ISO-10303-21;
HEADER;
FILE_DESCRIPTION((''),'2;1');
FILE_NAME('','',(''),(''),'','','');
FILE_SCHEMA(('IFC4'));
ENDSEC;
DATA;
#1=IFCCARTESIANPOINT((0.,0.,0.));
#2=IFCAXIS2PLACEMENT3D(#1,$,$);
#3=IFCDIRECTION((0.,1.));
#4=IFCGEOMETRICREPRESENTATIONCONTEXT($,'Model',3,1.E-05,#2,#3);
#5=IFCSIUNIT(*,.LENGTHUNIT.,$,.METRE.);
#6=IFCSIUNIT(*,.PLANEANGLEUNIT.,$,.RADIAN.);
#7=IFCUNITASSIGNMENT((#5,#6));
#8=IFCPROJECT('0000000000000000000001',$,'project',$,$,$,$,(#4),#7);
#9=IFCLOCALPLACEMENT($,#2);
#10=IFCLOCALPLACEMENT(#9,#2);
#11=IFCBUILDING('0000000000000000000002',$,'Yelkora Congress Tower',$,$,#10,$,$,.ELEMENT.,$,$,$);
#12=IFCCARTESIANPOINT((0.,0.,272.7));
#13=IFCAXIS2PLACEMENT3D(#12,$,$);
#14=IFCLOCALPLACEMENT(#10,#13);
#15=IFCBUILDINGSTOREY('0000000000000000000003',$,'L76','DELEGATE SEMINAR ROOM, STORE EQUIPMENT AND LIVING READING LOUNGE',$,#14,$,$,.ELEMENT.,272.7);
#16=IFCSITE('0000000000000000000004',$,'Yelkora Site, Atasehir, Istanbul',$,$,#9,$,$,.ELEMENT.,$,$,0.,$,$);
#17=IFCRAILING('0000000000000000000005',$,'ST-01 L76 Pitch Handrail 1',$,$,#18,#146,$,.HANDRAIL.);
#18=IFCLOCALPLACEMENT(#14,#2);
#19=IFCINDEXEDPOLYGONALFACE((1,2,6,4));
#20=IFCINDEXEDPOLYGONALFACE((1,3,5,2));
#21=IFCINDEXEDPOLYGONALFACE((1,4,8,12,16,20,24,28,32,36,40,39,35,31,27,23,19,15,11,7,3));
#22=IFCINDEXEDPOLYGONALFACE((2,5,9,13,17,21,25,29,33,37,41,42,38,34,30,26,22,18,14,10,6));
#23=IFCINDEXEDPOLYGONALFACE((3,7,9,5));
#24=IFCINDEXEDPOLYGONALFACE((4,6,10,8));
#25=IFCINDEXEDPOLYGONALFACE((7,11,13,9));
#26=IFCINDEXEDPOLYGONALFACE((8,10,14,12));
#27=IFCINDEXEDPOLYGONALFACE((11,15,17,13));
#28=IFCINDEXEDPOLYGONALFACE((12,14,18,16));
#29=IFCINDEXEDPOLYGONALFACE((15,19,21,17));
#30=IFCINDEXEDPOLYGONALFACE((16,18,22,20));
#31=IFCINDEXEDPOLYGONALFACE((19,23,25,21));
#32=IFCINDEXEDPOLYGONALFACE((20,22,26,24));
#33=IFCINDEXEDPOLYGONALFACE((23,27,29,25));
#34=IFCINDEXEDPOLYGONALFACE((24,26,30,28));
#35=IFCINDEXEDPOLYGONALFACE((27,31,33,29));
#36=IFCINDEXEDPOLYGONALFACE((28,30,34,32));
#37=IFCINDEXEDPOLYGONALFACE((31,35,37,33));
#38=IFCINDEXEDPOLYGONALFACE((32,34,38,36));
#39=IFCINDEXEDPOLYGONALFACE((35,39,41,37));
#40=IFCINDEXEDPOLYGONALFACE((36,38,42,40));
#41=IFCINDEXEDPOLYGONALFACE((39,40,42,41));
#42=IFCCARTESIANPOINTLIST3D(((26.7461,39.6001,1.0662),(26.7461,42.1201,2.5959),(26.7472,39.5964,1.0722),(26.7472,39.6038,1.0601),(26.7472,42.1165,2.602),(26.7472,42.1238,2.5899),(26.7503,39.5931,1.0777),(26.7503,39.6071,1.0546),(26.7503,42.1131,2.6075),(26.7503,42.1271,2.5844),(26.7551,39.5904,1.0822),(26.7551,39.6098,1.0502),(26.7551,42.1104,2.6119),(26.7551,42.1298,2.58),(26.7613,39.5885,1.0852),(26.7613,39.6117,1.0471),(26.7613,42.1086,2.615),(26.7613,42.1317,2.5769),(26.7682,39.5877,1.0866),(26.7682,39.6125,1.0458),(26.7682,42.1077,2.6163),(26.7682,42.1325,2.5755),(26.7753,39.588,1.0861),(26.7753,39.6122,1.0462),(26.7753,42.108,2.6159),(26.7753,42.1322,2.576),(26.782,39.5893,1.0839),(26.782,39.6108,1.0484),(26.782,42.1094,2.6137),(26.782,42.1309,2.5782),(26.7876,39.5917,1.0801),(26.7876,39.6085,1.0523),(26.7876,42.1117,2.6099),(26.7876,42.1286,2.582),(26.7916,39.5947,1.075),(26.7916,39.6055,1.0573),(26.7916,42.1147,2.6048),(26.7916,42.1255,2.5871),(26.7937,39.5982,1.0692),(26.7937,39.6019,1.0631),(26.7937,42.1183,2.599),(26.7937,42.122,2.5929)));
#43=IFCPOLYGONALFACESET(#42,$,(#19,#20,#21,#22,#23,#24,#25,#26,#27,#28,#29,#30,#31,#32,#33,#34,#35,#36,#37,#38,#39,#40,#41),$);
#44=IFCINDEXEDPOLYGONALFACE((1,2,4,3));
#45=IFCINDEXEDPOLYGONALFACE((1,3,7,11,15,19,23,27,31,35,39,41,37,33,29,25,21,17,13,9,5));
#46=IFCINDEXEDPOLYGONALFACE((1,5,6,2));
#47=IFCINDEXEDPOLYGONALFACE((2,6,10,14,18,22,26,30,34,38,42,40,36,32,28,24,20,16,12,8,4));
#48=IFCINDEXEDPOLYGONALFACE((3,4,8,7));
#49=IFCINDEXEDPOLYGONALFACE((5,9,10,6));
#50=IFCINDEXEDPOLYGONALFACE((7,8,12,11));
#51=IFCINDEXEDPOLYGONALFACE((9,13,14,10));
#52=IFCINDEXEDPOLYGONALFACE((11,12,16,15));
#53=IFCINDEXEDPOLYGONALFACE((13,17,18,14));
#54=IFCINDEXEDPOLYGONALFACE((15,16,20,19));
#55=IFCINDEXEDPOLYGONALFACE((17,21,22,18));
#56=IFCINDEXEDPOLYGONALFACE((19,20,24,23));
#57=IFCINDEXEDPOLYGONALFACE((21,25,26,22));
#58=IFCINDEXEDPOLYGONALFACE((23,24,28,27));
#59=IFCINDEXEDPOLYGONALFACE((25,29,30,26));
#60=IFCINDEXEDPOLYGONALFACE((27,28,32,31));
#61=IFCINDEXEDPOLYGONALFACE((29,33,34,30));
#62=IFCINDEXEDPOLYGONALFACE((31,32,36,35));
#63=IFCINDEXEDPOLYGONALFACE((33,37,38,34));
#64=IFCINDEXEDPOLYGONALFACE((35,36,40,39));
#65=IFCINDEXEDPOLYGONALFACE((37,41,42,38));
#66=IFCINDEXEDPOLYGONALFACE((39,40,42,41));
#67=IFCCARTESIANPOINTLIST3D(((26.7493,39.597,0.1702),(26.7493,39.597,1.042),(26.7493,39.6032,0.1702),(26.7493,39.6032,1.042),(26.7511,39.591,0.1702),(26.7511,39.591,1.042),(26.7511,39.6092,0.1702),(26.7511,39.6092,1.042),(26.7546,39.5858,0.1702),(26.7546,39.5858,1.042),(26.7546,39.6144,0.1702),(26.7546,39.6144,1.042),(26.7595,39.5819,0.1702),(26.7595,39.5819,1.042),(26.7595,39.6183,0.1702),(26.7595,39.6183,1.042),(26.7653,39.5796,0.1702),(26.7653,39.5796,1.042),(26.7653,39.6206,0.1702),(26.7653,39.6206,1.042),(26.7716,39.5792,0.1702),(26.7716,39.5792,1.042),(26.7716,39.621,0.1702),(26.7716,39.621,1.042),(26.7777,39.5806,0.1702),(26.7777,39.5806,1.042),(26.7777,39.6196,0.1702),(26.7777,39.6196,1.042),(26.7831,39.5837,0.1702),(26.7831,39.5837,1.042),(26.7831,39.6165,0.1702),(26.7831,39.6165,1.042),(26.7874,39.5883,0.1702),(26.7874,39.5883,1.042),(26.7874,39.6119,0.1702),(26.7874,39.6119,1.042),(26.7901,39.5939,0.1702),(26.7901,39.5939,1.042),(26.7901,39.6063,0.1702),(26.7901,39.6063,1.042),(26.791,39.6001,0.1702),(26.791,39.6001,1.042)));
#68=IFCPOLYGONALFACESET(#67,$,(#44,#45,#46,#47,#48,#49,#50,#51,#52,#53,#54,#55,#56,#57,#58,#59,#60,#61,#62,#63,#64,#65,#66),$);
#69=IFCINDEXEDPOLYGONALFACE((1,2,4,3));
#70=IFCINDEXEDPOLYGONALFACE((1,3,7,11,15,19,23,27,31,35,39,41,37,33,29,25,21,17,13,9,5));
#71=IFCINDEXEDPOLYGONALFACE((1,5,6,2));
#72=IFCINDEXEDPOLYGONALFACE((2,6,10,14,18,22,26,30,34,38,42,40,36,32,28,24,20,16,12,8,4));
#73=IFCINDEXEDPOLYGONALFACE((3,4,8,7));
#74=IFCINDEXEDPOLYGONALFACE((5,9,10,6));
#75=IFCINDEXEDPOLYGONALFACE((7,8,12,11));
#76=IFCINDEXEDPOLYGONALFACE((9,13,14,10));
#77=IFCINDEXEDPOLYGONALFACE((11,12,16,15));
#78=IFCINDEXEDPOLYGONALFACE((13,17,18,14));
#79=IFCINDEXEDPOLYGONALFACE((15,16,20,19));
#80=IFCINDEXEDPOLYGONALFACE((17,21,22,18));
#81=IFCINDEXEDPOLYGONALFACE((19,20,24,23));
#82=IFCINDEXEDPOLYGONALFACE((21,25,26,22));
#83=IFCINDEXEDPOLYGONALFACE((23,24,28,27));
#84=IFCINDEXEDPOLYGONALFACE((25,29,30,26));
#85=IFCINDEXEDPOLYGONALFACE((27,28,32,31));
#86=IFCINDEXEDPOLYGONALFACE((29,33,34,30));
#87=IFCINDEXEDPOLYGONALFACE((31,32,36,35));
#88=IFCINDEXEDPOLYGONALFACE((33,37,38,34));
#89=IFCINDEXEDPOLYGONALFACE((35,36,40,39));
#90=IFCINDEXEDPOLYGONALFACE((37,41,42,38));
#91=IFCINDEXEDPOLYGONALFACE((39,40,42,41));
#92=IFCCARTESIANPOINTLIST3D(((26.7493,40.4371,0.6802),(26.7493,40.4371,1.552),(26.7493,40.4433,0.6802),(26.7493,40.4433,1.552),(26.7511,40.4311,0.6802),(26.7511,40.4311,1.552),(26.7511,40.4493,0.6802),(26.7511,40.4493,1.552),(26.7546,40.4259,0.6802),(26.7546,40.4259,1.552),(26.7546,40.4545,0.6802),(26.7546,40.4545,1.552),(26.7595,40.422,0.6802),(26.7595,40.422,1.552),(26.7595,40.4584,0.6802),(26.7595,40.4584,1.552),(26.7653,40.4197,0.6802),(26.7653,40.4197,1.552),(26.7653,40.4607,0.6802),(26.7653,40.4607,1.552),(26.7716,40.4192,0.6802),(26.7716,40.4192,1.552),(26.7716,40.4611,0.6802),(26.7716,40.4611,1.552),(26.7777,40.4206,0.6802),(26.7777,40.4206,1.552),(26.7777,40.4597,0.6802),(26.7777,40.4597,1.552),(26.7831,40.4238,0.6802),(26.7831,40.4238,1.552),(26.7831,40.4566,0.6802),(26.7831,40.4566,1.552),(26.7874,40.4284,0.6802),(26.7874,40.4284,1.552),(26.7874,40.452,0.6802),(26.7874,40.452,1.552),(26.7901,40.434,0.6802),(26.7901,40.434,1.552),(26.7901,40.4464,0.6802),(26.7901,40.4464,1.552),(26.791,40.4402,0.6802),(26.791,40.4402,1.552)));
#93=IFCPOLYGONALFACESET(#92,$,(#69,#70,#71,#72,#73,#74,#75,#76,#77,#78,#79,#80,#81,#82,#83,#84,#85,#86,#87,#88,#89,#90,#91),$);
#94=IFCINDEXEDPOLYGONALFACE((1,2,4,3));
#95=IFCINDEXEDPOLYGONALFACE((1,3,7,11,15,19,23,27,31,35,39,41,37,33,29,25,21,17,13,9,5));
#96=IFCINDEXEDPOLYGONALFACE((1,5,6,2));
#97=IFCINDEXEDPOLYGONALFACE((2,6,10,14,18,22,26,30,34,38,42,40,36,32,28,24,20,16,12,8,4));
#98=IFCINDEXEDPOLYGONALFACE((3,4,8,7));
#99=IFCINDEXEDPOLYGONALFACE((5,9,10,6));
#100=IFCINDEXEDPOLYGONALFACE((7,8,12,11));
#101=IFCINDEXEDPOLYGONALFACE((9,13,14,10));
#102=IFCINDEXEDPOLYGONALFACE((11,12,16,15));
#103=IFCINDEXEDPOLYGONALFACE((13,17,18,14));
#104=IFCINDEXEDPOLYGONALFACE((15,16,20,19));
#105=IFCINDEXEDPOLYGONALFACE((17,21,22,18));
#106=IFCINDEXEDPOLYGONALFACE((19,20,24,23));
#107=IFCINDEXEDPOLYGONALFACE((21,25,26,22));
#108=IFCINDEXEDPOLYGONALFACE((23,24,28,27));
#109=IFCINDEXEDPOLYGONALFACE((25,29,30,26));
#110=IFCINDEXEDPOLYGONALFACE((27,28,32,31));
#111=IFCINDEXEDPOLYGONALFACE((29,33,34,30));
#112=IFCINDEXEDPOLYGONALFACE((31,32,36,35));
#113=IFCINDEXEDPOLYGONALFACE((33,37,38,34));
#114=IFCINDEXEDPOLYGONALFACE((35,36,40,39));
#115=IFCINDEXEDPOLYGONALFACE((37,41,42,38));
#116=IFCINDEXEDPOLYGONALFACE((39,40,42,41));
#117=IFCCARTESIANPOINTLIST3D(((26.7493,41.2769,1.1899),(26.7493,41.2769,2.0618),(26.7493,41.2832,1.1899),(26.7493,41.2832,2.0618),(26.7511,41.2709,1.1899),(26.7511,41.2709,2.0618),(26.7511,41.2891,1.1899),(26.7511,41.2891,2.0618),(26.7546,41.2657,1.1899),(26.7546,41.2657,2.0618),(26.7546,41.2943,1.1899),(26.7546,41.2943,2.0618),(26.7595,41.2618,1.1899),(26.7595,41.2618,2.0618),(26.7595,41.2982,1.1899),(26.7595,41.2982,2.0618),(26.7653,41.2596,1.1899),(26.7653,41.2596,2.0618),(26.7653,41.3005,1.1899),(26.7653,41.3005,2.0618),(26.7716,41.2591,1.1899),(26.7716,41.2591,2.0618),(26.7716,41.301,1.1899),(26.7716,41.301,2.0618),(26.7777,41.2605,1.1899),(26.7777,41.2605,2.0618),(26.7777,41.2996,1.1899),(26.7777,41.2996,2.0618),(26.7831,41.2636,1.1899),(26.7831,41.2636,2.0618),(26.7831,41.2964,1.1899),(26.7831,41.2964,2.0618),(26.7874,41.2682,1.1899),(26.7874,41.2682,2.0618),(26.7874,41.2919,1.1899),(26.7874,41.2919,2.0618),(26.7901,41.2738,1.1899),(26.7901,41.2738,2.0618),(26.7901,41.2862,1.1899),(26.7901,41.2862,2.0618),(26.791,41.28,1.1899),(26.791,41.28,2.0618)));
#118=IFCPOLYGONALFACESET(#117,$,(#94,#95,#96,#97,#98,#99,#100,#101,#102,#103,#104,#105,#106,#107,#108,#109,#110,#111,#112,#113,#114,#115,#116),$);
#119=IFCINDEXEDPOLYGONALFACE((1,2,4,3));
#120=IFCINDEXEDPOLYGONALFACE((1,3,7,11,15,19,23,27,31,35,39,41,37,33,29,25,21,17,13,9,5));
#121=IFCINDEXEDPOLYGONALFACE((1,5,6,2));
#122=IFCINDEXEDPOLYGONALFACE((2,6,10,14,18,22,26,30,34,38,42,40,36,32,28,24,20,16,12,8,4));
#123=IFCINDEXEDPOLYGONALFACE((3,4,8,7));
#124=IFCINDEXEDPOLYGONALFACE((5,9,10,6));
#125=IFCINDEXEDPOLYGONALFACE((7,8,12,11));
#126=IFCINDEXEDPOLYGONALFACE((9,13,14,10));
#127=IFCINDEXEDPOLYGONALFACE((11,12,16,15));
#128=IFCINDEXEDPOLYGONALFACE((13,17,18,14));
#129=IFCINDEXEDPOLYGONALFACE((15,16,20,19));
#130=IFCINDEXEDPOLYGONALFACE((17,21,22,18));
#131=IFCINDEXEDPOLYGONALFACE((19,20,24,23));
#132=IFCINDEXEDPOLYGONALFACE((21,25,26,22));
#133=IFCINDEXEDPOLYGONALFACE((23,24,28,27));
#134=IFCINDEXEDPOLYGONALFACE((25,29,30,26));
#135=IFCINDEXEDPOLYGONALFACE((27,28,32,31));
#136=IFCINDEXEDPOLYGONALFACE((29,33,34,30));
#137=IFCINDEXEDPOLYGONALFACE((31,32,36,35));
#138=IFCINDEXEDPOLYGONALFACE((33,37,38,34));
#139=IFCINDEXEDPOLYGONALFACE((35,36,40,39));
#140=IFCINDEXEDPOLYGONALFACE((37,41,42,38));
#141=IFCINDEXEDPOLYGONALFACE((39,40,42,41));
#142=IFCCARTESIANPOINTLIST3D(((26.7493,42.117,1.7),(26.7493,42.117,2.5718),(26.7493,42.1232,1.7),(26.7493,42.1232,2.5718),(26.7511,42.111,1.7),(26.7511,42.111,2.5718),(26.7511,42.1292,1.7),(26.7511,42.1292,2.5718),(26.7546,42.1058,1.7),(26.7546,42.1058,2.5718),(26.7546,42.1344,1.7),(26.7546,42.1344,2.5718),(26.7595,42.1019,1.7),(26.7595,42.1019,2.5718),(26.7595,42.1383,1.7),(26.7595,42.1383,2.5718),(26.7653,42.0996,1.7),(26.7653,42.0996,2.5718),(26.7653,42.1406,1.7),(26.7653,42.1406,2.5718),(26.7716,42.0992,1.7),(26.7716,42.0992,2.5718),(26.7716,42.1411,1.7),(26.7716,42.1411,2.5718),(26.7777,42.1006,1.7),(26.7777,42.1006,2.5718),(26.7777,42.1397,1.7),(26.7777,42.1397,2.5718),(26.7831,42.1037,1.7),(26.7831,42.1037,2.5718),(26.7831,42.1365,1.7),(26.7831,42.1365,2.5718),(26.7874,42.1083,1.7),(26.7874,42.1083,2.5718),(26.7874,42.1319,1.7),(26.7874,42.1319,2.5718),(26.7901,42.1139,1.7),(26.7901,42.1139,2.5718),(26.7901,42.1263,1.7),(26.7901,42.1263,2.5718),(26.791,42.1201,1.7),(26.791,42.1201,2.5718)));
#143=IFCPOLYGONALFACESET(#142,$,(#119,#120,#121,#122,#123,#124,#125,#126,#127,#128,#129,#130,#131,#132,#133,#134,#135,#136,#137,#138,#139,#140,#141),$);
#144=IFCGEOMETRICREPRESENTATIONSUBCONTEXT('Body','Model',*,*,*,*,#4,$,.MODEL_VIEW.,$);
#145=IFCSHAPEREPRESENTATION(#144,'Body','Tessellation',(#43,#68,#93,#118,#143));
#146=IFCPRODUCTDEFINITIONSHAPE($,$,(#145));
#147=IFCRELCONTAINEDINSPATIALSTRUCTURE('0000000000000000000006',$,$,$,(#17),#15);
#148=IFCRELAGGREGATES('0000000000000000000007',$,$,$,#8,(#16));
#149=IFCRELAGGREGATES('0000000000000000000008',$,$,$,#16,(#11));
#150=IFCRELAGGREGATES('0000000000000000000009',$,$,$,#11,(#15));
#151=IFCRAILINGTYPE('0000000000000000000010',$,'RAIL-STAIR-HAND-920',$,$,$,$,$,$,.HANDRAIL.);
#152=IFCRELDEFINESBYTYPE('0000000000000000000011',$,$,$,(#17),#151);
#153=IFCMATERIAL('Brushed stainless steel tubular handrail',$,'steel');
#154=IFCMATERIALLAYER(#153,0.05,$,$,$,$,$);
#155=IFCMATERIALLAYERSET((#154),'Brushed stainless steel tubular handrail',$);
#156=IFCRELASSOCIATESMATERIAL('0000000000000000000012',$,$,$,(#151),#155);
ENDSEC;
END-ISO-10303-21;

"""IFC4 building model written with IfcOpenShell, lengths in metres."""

from ifc_helpers import new_model, si_unit, direction, frame, origin, origin_2d, place, context, subcontext, project, spatial, circle, extrude, material, layer, layer_set, type_object, element, save


model = new_model("IFC4")

# Units and contexts
model_context = context("Model", 3, precision=1e-05, world=origin(), true_north=direction((0.0, 1.0)))
body_context = subcontext(model_context, "Body", "Model", "MODEL_VIEW")
ifc_project = project(units=[si_unit("LENGTHUNIT", "METRE"), si_unit("PLANEANGLEUNIT", "RADIAN")], contexts=[model_context])

# Site, building, storey
site_placement = place(None, origin())
site = spatial("IfcSite", under=ifc_project, at=site_placement, Name="Yelkora Site, Atasehir, Istanbul", CompositionType="ELEMENT", RefElevation=0.0)
building_placement = place(site_placement, origin())
building = spatial("IfcBuilding", under=site, at=building_placement, Name="Yelkora Congress Tower", CompositionType="ELEMENT")
storey_placement = place(building_placement, frame((0.0, 0.0, 272.7)))
storey = spatial("IfcBuildingStorey", under=building, at=storey_placement, Name="L76", Description="DELEGATE SEMINAR ROOM, STORE EQUIPMENT AND LIVING READING LOUNGE", CompositionType="ELEMENT", Elevation=272.7)

# Railing
ifc_material_1 = material(Name="Brushed stainless steel tubular handrail", Category="steel")
ifc_layer_1 = layer(ifc_material_1, 0.05)
ifc_layer_set_1 = layer_set([ifc_layer_1], Name="Brushed stainless steel tubular handrail")
railing_type_1 = type_object("IfcRailingType", Name="RAIL-STAIR-HAND-920", PredefinedType="HANDRAIL", material=ifc_layer_set_1)
railing_1_placement = place(storey_placement, frame((26.77, 39.6001, 0.1702)))
element("IfcRailing", 1, at=railing_1_placement, inside=storey, type_object=railing_type_1, Name="ST-01 L76 Pitch Handrail 1", PredefinedType="HANDRAIL", context=body_context, shape_type="SweptSolid", body=[
    extrude(circle(Radius=0.0239, at=origin_2d()), frame((0.0, 0.0, 0.896), z_axis=(0.0, 0.854822, 0.518922), x_axis=(-1.0, 0.0, 0.0)), (0.0, 0.0, 1.0), 2.948),
    extrude(circle(Radius=0.021, at=origin_2d()), origin(), (0.0, 0.0, 1.0), 0.8718),
    extrude(circle(Radius=0.021, at=origin_2d()), frame((0.0, 0.8401, 0.51)), (0.0, 0.0, 1.0), 0.8718),
    extrude(circle(Radius=0.021, at=origin_2d()), frame((0.0, 1.6799, 1.0198)), (0.0, 0.0, 1.0), 0.8718),
    extrude(circle(Radius=0.021, at=origin_2d()), frame((0.0, 2.52, 1.5298)), (0.0, 0.0, 1.0), 0.8718),
])

save(model, "model.ifc")
